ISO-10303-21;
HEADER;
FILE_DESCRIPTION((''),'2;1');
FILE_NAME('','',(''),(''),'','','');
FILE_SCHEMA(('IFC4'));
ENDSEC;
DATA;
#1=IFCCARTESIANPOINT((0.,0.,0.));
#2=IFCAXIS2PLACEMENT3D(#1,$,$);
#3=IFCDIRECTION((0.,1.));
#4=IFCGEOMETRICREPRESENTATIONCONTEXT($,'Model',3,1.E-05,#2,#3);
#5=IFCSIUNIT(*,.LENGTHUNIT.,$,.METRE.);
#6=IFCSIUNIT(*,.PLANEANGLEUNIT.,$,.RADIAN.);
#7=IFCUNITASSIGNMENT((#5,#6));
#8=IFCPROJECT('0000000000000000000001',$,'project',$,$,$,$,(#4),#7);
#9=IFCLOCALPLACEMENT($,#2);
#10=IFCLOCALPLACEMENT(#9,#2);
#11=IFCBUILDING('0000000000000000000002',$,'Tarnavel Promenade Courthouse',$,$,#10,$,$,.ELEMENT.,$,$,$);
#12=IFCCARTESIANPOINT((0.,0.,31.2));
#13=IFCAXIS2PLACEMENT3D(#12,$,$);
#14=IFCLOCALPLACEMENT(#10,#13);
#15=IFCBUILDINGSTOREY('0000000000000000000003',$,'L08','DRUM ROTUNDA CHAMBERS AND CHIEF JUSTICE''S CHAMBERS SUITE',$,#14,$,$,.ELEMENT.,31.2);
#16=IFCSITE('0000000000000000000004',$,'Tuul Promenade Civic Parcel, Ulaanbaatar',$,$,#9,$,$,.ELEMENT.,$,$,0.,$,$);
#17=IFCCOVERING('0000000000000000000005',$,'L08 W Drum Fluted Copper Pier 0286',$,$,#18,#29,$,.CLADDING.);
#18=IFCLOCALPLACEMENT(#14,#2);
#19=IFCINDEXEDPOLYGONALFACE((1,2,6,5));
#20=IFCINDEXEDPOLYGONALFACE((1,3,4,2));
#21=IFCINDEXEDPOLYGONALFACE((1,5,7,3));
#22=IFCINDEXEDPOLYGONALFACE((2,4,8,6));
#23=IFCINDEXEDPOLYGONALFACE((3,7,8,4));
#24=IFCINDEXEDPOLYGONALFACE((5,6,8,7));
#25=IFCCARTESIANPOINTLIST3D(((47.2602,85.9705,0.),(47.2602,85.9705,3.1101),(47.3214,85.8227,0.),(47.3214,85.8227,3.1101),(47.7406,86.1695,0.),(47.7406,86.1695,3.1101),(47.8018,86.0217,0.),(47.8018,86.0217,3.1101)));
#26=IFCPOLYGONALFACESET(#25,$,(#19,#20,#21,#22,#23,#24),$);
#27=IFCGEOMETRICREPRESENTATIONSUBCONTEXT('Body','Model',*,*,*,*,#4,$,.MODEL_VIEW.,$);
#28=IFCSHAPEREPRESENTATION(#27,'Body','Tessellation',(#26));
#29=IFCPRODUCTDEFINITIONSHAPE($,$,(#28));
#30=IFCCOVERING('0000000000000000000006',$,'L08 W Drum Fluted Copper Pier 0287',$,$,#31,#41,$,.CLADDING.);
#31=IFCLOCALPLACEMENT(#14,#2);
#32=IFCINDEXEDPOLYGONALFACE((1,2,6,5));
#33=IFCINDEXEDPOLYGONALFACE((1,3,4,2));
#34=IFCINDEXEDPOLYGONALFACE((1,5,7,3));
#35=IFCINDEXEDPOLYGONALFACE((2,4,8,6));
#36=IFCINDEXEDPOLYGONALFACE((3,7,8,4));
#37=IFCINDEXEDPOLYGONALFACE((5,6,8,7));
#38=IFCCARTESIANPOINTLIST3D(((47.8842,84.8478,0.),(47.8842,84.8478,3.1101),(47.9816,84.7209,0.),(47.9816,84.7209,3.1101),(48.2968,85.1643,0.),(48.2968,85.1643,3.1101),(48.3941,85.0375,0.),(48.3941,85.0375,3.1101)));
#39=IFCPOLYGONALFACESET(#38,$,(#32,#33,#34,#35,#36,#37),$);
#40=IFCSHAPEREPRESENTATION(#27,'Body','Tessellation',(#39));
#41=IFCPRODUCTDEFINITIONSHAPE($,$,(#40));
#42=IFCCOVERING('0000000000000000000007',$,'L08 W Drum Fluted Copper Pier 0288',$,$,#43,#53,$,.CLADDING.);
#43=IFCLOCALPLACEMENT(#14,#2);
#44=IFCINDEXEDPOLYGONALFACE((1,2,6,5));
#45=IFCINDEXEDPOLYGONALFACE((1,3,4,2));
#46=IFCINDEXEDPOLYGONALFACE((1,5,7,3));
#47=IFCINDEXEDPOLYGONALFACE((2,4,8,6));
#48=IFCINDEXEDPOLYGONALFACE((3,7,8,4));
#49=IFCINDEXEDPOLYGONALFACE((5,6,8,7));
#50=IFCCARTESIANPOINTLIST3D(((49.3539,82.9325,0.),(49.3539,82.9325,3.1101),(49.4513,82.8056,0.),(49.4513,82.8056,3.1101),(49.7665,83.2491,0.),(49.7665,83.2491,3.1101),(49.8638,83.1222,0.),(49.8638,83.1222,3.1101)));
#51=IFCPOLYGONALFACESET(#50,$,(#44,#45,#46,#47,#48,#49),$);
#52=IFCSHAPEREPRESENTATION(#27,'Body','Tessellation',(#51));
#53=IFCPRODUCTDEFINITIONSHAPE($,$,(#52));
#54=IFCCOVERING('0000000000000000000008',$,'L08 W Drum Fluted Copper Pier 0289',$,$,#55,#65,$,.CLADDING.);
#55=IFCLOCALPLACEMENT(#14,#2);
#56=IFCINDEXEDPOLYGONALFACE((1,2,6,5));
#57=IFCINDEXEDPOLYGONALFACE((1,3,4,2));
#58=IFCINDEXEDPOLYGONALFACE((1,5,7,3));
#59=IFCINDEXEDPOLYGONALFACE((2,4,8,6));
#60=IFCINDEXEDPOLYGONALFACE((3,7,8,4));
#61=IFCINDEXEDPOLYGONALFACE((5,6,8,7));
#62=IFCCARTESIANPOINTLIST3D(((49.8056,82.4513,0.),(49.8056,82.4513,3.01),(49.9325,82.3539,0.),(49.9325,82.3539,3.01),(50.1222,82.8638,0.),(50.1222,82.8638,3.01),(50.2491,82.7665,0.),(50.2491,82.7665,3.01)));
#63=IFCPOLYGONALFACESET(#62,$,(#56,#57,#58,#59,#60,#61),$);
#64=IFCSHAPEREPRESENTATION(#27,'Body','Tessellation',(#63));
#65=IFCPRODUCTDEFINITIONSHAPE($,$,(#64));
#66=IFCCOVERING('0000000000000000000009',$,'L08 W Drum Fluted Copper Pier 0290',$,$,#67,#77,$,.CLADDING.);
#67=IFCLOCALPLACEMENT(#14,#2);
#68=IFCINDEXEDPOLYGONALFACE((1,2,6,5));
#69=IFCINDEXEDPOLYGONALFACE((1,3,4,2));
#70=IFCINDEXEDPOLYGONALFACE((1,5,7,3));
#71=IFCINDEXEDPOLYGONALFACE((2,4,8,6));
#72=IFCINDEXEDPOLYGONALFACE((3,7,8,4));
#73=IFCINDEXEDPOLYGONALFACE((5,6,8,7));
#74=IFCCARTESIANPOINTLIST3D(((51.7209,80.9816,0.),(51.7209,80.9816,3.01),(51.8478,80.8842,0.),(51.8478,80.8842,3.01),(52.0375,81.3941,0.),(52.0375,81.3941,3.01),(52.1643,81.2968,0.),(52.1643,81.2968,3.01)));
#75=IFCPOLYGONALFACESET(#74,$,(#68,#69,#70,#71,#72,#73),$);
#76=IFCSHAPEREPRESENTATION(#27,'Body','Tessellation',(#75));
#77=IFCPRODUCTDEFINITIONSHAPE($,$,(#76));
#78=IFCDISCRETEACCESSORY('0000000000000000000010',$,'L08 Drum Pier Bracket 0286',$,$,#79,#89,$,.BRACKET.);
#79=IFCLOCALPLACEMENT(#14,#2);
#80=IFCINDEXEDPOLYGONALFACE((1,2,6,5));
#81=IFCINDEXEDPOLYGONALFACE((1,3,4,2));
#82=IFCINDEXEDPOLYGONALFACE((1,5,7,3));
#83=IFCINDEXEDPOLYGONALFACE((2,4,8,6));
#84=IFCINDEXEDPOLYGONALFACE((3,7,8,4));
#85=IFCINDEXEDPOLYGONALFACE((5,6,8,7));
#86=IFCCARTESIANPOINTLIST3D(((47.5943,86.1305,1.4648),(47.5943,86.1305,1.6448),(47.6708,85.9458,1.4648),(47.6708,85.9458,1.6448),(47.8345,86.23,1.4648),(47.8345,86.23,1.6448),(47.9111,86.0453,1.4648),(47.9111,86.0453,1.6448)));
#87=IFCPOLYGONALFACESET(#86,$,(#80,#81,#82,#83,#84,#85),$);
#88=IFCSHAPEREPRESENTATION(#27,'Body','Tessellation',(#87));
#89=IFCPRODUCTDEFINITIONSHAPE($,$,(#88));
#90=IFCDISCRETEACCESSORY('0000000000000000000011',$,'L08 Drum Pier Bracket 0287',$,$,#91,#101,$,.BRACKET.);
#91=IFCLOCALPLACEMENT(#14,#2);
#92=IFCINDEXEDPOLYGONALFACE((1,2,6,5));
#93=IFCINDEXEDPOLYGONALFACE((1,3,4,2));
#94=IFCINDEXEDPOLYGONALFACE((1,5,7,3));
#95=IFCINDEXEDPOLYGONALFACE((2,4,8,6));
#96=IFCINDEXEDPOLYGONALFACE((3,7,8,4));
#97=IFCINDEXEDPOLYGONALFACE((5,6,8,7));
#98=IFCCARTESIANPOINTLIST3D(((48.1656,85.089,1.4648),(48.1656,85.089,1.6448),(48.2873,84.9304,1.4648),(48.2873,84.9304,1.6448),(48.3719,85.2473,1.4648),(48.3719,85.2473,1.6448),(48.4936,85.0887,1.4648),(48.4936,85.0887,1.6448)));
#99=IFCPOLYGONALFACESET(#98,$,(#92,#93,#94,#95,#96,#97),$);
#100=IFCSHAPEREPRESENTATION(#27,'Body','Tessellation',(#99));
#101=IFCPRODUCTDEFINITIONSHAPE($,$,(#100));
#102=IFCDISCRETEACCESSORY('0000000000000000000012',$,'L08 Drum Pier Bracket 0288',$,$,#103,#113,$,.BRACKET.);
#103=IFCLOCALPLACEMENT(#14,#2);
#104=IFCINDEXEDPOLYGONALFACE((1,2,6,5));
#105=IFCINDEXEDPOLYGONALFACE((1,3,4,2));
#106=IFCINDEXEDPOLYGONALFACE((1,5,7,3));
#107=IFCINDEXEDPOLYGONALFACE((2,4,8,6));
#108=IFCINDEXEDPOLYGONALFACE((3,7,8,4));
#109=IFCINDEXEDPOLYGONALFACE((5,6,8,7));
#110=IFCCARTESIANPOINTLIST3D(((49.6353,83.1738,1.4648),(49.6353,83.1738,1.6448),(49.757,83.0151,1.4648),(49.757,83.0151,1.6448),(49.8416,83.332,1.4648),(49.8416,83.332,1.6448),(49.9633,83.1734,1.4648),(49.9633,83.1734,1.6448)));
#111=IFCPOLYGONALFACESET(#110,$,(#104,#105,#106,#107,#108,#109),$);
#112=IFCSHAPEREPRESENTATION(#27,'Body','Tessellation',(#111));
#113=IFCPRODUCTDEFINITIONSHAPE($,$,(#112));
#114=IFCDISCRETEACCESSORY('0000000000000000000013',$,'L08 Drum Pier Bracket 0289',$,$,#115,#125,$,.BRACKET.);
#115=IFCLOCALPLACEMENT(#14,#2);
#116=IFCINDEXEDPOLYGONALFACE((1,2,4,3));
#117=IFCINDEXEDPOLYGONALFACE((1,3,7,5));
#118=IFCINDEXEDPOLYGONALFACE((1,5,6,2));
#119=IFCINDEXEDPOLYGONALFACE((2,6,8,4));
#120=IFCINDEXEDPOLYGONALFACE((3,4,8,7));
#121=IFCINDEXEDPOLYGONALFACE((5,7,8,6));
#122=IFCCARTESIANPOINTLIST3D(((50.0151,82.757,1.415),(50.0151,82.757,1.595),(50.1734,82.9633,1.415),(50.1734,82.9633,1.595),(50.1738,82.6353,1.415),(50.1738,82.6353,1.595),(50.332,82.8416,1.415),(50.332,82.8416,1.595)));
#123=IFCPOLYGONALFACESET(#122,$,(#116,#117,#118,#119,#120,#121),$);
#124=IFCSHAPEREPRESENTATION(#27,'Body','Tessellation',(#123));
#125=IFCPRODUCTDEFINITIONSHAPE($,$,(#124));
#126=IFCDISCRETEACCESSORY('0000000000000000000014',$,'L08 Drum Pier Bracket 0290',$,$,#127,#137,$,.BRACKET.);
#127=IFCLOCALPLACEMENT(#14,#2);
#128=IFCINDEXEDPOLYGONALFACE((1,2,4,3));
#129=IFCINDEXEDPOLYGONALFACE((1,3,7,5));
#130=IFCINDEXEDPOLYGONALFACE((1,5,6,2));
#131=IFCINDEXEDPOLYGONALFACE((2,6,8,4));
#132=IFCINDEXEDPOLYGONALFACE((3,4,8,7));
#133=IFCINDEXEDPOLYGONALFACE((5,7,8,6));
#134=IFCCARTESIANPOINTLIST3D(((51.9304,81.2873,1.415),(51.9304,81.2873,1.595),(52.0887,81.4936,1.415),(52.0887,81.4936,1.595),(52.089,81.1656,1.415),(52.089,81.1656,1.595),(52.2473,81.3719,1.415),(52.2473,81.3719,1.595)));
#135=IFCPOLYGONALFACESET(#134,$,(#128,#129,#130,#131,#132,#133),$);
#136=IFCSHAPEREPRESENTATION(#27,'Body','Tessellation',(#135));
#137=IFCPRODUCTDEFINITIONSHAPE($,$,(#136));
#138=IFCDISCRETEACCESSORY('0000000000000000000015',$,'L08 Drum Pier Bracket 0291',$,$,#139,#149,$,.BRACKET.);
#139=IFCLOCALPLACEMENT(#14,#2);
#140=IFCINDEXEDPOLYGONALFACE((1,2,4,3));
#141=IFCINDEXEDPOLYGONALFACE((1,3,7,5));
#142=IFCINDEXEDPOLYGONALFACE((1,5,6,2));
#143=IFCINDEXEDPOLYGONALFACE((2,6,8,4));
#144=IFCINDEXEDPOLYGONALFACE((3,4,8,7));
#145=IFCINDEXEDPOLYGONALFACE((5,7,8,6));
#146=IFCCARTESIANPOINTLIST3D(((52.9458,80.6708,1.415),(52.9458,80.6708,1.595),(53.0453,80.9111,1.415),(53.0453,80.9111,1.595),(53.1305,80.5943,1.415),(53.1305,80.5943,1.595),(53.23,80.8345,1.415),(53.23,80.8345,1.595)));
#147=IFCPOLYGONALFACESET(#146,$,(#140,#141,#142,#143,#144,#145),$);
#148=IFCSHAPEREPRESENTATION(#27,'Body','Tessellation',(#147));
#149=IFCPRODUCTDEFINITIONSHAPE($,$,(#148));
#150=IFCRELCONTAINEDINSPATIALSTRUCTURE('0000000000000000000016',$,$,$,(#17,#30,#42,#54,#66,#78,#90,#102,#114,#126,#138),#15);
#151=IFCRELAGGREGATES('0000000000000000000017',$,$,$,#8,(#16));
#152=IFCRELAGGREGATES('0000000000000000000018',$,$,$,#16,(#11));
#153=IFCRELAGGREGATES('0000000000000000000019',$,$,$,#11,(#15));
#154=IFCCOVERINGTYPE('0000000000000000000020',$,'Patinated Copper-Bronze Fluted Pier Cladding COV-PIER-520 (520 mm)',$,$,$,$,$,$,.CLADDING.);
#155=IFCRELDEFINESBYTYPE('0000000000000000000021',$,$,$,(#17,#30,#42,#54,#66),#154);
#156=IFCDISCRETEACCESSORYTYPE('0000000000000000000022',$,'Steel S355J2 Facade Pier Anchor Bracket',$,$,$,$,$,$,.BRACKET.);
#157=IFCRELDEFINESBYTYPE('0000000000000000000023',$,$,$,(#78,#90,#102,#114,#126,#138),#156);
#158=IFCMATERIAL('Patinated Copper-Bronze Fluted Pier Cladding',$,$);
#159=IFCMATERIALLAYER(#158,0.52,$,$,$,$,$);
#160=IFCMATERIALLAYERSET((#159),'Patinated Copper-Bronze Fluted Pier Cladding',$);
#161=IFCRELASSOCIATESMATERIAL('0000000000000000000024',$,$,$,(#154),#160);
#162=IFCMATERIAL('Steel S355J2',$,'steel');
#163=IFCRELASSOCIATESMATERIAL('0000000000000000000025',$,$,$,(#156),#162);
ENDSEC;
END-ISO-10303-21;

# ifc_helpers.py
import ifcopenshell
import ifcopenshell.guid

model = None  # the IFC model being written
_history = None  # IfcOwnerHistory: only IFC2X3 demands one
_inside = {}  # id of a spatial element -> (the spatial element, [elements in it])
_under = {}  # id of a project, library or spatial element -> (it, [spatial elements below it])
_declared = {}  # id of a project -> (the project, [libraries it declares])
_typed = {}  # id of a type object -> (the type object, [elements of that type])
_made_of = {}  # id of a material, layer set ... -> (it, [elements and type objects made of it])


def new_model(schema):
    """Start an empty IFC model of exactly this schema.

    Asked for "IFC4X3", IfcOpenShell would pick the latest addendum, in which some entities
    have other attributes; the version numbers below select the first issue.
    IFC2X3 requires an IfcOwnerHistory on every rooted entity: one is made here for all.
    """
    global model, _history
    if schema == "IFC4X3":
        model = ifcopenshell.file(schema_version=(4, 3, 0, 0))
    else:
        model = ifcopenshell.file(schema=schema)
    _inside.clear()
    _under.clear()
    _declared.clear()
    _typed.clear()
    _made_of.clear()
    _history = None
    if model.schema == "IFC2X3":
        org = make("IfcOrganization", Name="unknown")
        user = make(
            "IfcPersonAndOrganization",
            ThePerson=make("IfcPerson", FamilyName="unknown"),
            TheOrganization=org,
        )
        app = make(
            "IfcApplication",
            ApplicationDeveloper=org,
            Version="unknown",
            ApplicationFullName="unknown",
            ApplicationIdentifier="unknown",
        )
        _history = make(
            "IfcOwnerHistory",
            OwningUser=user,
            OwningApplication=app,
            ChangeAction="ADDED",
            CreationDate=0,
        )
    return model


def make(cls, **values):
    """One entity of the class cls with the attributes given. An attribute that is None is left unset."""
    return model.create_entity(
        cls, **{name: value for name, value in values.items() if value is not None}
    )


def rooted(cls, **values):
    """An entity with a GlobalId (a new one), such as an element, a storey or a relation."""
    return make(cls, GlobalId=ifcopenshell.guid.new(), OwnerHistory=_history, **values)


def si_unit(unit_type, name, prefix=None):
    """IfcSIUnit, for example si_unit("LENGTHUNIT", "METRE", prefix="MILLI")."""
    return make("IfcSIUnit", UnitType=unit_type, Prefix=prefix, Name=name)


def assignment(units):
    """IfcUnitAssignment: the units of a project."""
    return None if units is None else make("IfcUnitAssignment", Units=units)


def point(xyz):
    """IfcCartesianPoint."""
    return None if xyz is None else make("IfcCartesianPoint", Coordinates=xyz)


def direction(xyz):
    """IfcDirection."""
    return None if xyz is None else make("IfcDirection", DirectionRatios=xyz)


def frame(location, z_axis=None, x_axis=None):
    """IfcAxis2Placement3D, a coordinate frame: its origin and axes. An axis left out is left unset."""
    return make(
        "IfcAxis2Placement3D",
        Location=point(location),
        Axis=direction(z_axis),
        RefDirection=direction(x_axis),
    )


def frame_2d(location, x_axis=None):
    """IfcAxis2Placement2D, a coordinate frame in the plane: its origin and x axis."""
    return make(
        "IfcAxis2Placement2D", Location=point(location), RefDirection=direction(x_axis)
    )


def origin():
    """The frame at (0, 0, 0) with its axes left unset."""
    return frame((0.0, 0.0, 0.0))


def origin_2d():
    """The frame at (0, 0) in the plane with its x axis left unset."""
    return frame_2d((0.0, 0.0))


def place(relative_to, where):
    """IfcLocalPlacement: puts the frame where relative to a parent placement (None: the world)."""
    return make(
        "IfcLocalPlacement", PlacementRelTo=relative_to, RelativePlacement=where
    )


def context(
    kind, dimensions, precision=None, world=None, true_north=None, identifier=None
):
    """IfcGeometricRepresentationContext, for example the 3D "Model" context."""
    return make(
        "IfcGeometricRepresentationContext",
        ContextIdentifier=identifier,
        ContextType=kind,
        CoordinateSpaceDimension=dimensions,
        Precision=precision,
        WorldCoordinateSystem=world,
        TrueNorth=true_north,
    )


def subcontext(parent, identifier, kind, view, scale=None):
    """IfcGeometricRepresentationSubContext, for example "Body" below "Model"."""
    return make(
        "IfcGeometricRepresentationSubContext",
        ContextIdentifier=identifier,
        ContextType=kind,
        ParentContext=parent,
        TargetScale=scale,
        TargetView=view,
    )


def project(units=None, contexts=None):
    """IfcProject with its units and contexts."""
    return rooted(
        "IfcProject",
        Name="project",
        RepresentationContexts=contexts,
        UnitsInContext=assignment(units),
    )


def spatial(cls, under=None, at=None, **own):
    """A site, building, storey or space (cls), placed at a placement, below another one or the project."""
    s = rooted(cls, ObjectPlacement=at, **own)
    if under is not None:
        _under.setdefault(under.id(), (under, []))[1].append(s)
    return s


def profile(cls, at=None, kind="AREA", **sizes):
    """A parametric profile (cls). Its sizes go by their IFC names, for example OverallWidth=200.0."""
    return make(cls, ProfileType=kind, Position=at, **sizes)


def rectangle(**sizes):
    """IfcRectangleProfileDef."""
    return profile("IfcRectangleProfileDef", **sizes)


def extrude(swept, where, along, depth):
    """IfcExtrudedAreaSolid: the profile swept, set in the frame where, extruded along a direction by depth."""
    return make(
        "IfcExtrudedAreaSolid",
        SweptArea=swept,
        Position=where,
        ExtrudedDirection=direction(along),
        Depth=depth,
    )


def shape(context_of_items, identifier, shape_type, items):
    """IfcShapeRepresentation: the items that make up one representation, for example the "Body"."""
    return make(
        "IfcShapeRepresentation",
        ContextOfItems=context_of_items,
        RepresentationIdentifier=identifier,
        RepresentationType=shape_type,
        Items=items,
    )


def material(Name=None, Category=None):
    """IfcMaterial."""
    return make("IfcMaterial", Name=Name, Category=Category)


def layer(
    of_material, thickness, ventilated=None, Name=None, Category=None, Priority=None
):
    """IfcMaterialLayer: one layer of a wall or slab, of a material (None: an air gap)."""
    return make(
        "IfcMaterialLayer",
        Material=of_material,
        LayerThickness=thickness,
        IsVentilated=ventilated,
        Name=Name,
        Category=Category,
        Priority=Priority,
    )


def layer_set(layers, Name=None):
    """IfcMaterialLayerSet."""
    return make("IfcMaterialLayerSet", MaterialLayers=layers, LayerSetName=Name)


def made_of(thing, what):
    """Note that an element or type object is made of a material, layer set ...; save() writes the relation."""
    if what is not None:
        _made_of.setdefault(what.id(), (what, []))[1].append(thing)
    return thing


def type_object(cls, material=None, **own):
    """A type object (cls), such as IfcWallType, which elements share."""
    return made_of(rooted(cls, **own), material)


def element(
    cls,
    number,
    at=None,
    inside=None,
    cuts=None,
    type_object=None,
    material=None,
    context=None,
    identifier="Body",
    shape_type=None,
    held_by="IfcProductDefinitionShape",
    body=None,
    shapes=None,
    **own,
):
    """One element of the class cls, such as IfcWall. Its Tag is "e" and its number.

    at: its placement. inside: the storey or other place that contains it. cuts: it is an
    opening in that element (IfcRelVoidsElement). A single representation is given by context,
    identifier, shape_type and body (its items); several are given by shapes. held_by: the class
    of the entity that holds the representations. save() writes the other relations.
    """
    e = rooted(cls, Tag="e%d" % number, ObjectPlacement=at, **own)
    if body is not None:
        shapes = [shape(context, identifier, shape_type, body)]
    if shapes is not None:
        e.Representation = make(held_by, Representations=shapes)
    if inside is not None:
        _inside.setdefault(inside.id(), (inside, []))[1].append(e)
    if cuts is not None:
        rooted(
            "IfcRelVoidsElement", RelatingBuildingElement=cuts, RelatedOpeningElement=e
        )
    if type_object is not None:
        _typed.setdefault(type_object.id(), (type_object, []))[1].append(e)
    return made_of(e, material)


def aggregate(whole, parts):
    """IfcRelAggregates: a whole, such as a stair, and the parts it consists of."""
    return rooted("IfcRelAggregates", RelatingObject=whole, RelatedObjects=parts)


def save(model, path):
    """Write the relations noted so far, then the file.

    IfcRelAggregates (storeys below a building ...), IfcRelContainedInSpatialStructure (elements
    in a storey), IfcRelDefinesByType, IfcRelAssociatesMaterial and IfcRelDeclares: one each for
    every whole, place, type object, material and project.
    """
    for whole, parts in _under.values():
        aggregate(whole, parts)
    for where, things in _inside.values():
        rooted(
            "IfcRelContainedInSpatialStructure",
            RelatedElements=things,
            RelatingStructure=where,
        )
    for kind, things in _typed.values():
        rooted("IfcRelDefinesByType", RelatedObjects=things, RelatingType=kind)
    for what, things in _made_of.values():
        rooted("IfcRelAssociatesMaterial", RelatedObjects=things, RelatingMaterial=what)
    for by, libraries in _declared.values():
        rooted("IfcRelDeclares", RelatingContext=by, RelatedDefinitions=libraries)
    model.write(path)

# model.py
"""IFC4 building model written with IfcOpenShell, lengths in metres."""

from ifc_helpers import new_model, si_unit, direction, frame, origin, origin_2d, place, context, subcontext, project, spatial, rectangle, extrude, material, layer, layer_set, type_object, element, save


model = new_model("IFC4")

# Units and contexts
model_context = context("Model", 3, precision=1e-05, world=origin(), true_north=direction((0.0, 1.0)))
body_context = subcontext(model_context, "Body", "Model", "MODEL_VIEW")
ifc_project = project(units=[si_unit("LENGTHUNIT", "METRE"), si_unit("PLANEANGLEUNIT", "RADIAN")], contexts=[model_context])

# Site, building, storey
site_placement = place(None, origin())
site = spatial("IfcSite", under=ifc_project, at=site_placement, Name="Tuul Promenade Civic Parcel, Ulaanbaatar", CompositionType="ELEMENT", RefElevation=0.0)
building_placement = place(site_placement, origin())
building = spatial("IfcBuilding", under=site, at=building_placement, Name="Tarnavel Promenade Courthouse", CompositionType="ELEMENT")
storey_placement = place(building_placement, frame((0.0, 0.0, 31.2)))
storey = spatial("IfcBuildingStorey", under=building, at=storey_placement, Name="L08", Description="DRUM ROTUNDA CHAMBERS AND CHIEF JUSTICE'S CHAMBERS SUITE", CompositionType="ELEMENT", Elevation=31.2)

# Shared definitions
ifc_material_1 = material(Name="Steel S355J2", Category="steel")

# Coverings
ifc_material_2 = material(Name="Patinated Copper-Bronze Fluted Pier Cladding")
ifc_layer_1 = layer(ifc_material_2, 0.52)
ifc_layer_set_1 = layer_set([ifc_layer_1], Name="Patinated Copper-Bronze Fluted Pier Cladding")
covering_type = type_object("IfcCoveringType", Name="Patinated Copper-Bronze Fluted Pier Cladding COV-PIER-520 (520 mm)", PredefinedType="CLADDING", material=ifc_layer_set_1)
for number, where, z_axis, x_axis, name in (
    (1, (47.531, 85.9961, 0.0), (0.0, 0.0, 1.0), (0.382683, -0.92388, 0.0), "L08 W Drum Fluted Copper Pier 0286"),
    (2, (48.1392, 84.9426, 0.0), (0.0, 0.0, 1.0), (0.608761, -0.793353, 0.0), "L08 W Drum Fluted Copper Pier 0287"),
    (3, (49.6089, 83.0273, 0.0), (0.0, 0.0, 1.0), (0.608761, -0.793353, 0.0), "L08 W Drum Fluted Copper Pier 0288"),
):
    element("IfcCovering", number, at=place(storey_placement, frame(where, z_axis=z_axis, x_axis=x_axis)), inside=storey, type_object=covering_type, Name=name, PredefinedType="CLADDING", context=body_context, shape_type="SweptSolid", body=[
        extrude(rectangle(XDim=0.1599, YDim=0.52, at=origin_2d()), origin(), (0.0, 0.0, 1.0), 3.1101),
    ])
for number, where, z_axis, x_axis, name in (
    (4, (50.0273, 82.6089, 0.0), (0.0, 0.0, 1.0), (0.793353, -0.608761, 0.0), "L08 W Drum Fluted Copper Pier 0289"),
    (5, (51.9426, 81.1392, 0.0), (0.0, 0.0, 1.0), (0.793353, -0.608761, 0.0), "L08 W Drum Fluted Copper Pier 0290"),
):
    element("IfcCovering", number, at=place(storey_placement, frame(where, z_axis=z_axis, x_axis=x_axis)), inside=storey, type_object=covering_type, Name=name, PredefinedType="CLADDING", context=body_context, shape_type="SweptSolid", body=[
        extrude(rectangle(XDim=0.1599, YDim=0.52, at=origin_2d()), origin(), (0.0, 0.0, 1.0), 3.01),
    ])

# Discrete accessories
discrete_accessory_type = type_object("IfcDiscreteAccessoryType", Name="Steel S355J2 Facade Pier Anchor Bracket", PredefinedType="BRACKET", material=ifc_material_1)
for number, where, z_axis, x_axis, name in (
    (6, (47.7527, 86.0879, 1.4648), (0.0, 0.0, 1.0), (0.382683, -0.92388, 0.0), "L08 Drum Pier Bracket 0286"),
    (7, (48.3296, 85.0889, 1.4648), (0.0, 0.0, 1.0), (0.608761, -0.793353, 0.0), "L08 Drum Pier Bracket 0287"),
    (8, (49.7993, 83.1736, 1.4648), (0.0, 0.0, 1.0), (0.608761, -0.793353, 0.0), "L08 Drum Pier Bracket 0288"),
    (9, (50.1736, 82.7993, 1.415), (0.0, 0.0, 1.0), (0.793353, -0.608761, 0.0), "L08 Drum Pier Bracket 0289"),
    (10, (52.0889, 81.3296, 1.415), (0.0, 0.0, 1.0), (0.793353, -0.608761, 0.0), "L08 Drum Pier Bracket 0290"),
    (11, (53.0879, 80.7527, 1.415), (0.0, 0.0, 1.0), (0.92388, -0.382683, 0.0), "L08 Drum Pier Bracket 0291"),
):
    element("IfcDiscreteAccessory", number, at=place(storey_placement, frame(where, z_axis=z_axis, x_axis=x_axis)), inside=storey, type_object=discrete_accessory_type, Name=name, PredefinedType="BRACKET", context=body_context, shape_type="SweptSolid", body=[
        extrude(rectangle(XDim=0.2, YDim=0.26, at=origin_2d()), origin(), (0.0, 0.0, 1.0), 0.1799),
    ])

save(model, "model.ifc")
